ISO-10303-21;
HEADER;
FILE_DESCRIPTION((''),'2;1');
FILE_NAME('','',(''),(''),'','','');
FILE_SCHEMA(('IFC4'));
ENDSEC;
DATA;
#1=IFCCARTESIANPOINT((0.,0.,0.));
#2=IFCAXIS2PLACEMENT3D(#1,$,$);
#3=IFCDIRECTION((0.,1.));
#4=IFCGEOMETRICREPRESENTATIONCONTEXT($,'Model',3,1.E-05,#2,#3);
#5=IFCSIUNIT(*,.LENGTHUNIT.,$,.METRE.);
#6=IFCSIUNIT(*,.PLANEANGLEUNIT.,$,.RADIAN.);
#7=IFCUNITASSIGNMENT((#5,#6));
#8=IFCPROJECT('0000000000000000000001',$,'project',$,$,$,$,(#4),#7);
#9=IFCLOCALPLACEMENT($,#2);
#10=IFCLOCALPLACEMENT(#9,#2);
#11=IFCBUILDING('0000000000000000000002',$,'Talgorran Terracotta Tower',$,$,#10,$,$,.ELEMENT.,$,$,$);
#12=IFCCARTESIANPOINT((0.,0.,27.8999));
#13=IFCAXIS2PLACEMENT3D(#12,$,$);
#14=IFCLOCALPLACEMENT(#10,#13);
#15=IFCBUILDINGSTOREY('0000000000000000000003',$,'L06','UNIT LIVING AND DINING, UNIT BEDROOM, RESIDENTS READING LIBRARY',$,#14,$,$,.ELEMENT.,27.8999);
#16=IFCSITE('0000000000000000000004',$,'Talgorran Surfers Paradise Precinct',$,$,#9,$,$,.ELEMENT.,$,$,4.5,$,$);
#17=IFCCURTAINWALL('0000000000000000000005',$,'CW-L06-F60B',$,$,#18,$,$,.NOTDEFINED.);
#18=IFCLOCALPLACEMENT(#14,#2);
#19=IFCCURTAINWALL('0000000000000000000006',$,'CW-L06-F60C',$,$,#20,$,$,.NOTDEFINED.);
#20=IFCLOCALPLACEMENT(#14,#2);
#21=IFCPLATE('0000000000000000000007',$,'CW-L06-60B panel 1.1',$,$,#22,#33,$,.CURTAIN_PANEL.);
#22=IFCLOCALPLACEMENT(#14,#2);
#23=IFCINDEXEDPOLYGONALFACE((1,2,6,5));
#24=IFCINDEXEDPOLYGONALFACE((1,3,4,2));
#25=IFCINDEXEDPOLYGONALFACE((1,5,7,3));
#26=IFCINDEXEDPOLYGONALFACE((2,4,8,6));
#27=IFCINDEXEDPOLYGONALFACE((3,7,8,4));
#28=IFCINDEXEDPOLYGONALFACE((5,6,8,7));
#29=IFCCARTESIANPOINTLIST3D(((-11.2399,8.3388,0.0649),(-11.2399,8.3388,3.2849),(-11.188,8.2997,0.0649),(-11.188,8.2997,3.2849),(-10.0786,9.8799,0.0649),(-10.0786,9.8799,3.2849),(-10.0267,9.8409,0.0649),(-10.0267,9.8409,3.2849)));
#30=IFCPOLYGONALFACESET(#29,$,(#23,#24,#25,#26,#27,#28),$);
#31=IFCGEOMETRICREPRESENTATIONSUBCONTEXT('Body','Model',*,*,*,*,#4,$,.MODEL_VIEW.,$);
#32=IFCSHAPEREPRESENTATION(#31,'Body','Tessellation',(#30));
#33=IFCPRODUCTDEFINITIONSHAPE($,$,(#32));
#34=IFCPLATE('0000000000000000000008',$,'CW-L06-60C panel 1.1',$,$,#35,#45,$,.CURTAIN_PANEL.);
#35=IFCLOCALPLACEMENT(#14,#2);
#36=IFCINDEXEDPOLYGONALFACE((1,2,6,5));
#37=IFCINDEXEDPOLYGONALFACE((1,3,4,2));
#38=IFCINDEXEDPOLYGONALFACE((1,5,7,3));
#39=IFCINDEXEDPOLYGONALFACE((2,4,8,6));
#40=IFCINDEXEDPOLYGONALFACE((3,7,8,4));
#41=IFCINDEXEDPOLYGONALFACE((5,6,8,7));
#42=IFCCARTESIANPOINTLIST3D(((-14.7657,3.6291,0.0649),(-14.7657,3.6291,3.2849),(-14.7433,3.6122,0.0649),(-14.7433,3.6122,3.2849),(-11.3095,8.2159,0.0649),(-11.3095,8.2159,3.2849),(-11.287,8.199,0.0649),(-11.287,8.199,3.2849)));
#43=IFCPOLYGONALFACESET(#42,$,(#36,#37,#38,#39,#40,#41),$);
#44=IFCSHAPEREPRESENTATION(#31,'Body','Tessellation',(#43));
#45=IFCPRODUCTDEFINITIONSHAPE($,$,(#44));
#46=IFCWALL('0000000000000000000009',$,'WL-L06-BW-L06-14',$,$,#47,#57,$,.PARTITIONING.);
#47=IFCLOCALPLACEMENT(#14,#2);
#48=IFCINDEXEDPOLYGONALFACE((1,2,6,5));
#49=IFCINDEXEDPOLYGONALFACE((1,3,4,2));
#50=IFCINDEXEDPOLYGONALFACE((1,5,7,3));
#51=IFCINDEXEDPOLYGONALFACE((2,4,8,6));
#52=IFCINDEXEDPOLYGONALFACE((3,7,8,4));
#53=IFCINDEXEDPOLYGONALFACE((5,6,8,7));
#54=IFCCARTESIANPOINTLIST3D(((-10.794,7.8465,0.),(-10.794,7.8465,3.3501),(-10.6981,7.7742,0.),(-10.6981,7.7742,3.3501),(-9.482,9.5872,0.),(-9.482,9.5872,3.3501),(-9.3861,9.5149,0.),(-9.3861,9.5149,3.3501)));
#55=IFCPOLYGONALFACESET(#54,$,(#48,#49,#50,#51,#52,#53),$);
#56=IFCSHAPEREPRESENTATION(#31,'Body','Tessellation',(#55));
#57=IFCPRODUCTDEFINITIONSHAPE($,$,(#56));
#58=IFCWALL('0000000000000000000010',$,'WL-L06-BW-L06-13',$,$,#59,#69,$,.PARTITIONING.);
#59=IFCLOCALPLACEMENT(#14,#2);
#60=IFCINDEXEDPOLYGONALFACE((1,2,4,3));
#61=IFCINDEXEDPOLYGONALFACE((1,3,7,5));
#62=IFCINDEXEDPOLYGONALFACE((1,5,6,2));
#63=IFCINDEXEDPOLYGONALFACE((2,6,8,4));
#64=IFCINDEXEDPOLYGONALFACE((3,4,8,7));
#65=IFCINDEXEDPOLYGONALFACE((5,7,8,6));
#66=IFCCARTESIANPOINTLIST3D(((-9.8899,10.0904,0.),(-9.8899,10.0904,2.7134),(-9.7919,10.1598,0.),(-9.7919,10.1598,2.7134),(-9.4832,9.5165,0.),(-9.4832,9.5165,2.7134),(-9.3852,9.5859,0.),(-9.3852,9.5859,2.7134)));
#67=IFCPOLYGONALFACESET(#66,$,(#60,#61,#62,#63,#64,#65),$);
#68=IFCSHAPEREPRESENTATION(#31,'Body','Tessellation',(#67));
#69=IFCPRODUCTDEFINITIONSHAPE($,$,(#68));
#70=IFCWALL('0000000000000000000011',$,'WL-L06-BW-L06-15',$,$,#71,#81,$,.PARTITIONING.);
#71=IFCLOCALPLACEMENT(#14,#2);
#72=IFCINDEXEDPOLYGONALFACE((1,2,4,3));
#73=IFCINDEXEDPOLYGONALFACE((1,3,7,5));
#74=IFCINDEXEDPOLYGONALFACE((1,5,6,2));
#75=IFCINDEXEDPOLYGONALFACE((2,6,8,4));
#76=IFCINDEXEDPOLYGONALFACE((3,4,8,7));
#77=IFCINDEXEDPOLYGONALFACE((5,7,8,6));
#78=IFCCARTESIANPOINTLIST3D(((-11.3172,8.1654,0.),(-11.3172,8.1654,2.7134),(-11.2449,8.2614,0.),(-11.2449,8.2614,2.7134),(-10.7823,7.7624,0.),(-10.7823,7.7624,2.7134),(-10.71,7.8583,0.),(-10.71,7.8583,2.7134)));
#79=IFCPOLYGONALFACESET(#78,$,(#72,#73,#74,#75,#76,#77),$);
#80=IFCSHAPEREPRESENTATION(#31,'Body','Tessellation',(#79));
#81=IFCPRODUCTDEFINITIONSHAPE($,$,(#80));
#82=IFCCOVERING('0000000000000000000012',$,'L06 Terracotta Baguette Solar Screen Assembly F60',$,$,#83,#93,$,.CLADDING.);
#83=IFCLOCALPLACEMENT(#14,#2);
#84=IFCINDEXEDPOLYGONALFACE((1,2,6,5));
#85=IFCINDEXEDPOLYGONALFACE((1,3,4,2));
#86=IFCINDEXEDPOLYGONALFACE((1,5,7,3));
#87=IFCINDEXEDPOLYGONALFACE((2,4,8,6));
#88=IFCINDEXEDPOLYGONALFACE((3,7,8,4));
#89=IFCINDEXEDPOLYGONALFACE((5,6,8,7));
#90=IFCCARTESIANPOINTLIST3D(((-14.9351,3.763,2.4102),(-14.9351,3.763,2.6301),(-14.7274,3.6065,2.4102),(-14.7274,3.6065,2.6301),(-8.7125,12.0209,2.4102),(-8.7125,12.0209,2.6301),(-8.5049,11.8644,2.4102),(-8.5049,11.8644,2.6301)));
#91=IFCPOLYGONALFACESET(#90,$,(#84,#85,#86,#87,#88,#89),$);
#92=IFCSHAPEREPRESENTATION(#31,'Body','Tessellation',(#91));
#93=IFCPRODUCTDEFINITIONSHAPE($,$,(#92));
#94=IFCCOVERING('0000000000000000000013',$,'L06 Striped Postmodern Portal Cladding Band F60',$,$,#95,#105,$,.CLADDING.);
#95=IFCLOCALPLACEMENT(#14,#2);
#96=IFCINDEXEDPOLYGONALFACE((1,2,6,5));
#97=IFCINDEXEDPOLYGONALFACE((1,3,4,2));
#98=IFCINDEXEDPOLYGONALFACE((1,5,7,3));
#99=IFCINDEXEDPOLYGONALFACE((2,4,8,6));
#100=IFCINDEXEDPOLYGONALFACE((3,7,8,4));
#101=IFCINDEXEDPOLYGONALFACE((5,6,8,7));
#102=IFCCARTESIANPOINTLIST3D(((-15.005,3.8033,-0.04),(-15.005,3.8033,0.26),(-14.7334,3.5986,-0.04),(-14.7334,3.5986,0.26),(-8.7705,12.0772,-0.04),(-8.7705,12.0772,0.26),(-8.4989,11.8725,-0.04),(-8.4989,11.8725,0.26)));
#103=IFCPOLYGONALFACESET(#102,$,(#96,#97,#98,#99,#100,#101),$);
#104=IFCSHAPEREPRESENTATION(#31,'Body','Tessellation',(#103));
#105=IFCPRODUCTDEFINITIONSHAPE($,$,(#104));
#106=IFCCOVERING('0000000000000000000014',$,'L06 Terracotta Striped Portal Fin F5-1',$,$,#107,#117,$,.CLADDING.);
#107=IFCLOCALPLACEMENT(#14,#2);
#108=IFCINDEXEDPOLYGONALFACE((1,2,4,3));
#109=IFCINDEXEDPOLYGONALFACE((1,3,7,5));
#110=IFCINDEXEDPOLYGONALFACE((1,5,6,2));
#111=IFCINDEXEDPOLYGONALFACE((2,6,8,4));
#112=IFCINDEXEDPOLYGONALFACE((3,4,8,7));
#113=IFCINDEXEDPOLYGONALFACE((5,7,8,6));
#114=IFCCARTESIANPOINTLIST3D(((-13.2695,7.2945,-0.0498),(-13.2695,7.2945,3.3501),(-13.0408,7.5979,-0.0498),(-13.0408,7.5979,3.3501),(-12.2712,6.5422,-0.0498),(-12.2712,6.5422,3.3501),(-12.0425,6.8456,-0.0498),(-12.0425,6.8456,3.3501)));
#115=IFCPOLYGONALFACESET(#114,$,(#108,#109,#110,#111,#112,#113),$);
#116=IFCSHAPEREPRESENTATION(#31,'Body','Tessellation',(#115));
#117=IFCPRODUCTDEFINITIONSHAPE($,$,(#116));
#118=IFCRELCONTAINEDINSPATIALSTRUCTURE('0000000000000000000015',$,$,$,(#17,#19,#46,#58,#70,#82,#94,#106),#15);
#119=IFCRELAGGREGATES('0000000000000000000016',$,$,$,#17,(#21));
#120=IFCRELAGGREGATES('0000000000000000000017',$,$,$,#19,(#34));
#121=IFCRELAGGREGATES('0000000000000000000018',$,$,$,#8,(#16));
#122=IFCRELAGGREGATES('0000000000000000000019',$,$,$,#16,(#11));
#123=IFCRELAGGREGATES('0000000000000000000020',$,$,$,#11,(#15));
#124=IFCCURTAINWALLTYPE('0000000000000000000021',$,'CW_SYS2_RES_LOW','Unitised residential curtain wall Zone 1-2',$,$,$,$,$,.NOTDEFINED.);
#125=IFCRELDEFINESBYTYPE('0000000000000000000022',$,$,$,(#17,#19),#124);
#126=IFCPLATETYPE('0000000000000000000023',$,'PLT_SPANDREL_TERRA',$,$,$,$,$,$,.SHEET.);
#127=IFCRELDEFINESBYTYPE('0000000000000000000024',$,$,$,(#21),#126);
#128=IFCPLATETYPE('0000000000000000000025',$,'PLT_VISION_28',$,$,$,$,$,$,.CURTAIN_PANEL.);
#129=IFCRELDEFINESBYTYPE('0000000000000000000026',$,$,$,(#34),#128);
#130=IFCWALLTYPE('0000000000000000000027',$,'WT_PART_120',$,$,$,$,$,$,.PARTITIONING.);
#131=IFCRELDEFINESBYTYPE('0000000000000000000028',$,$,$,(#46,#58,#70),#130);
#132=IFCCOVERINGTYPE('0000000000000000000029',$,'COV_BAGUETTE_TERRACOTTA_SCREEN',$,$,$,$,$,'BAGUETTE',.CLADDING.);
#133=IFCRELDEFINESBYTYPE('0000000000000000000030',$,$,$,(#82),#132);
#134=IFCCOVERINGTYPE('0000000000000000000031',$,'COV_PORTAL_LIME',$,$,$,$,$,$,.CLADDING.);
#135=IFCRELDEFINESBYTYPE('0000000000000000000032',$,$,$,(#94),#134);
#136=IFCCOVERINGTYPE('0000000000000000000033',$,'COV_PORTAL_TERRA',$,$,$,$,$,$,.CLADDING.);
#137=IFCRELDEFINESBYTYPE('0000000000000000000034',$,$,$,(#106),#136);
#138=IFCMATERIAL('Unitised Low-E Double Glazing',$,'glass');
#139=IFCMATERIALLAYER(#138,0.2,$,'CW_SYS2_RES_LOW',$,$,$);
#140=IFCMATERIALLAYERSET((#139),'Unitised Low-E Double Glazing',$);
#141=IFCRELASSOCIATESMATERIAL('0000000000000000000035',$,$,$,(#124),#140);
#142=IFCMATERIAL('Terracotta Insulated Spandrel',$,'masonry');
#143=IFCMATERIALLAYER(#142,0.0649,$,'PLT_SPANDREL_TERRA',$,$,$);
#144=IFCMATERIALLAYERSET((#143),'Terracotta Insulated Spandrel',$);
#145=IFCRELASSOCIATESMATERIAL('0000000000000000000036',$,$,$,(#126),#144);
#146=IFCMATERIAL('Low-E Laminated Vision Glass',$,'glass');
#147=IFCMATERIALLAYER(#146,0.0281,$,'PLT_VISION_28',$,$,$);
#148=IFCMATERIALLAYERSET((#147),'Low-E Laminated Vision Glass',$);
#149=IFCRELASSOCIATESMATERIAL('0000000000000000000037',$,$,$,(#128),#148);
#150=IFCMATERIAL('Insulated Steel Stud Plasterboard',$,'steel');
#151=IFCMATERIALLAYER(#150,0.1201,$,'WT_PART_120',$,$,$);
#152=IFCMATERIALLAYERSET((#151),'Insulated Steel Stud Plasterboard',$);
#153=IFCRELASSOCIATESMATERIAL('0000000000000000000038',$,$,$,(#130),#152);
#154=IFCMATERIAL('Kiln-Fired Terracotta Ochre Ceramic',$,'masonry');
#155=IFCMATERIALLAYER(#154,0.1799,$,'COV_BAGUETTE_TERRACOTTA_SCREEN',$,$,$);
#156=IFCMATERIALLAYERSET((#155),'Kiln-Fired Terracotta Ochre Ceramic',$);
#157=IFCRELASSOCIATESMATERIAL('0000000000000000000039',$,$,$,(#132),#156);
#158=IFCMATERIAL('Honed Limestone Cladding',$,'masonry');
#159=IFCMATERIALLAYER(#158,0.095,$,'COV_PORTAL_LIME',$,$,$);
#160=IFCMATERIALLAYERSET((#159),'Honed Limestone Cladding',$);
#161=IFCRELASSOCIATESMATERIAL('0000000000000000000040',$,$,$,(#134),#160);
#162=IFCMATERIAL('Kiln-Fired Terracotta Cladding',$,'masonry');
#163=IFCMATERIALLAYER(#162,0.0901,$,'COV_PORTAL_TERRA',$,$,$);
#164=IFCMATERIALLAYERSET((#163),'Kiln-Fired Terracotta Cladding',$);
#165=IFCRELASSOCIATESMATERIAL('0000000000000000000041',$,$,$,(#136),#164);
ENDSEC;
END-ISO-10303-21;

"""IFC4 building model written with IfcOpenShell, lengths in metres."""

from ifc_helpers import new_model, si_unit, direction, frame, frame_2d, origin, origin_2d, place, context, subcontext, project, spatial, rectangle, extrude, source, transform, mapped, material, layer, layer_set, type_object, type_shapes, element, aggregate, save


model = new_model("IFC4")

# Units and contexts
model_context = context("Model", 3, precision=1e-05, world=origin(), true_north=direction((0.0, 1.0)))
body_context = subcontext(model_context, "Body", "Model", "MODEL_VIEW")
ifc_project = project(units=[si_unit("LENGTHUNIT", "METRE"), si_unit("PLANEANGLEUNIT", "RADIAN")], contexts=[model_context])

# Site, building, storey
site_placement = place(None, origin())
site = spatial("IfcSite", under=ifc_project, at=site_placement, Name="Talgorran Surfers Paradise Precinct", CompositionType="ELEMENT", RefElevation=4.5)
building_placement = place(site_placement, origin())
building = spatial("IfcBuilding", under=site, at=building_placement, Name="Talgorran Terracotta Tower", CompositionType="ELEMENT")
storey_placement = place(building_placement, frame((0.0, 0.0, 27.8999)))
storey = spatial("IfcBuildingStorey", under=building, at=storey_placement, Name="L06", Description="UNIT LIVING AND DINING, UNIT BEDROOM, RESIDENTS READING LIBRARY", CompositionType="ELEMENT", Elevation=27.8999)

# Shared definitions
ifc_material_1 = material(Name="Unitised Low-E Double Glazing", Category="glass")
ifc_layer_1 = layer(ifc_material_1, 0.2, Name="CW_SYS2_RES_LOW")
ifc_layer_set_1 = layer_set([ifc_layer_1], Name="Unitised Low-E Double Glazing")
curtain_wall_type = type_object("IfcCurtainWallType", Name="CW_SYS2_RES_LOW", Description="Unitised residential curtain wall Zone 1-2", PredefinedType="NOTDEFINED", material=ifc_layer_set_1)

# Curtain wall
curtain_wall_1_placement = place(storey_placement, origin())
curtain_wall_1 = element("IfcCurtainWall", 1, at=curtain_wall_1_placement, inside=storey, type_object=curtain_wall_type, Name="CW-L06-F60B", PredefinedType="NOTDEFINED")

# Curtain wall
curtain_wall_2_placement = place(storey_placement, origin())
curtain_wall_2 = element("IfcCurtainWall", 2, at=curtain_wall_2_placement, inside=storey, type_object=curtain_wall_type, Name="CW-L06-F60C", PredefinedType="NOTDEFINED")

# Plates
ifc_material_2 = material(Name="Terracotta Insulated Spandrel", Category="masonry")
ifc_layer_2 = layer(ifc_material_2, 0.0649, Name="PLT_SPANDREL_TERRA")
ifc_layer_set_2 = layer_set([ifc_layer_2], Name="Terracotta Insulated Spandrel")
plate_type_1 = type_object("IfcPlateType", Name="PLT_SPANDREL_TERRA", PredefinedType="SHEET", material=ifc_layer_set_2)
shared_shape_1 = source(origin(), body_context, "Body", "SweptSolid", [
    extrude(rectangle(XDim=1.9297, YDim=0.0649, at=origin_2d()), origin(), (0.0, 0.0, 1.0), 3.22),
])
type_shapes(plate_type_1, [shared_shape_1])
plate_1_placement = place(storey_placement, frame((-10.6333, 9.0898, 0.0649), z_axis=(0.0, 0.0, 1.0), x_axis=(-0.601816, -0.798635, 0.0)))
plate_1 = element("IfcPlate", 3, at=plate_1_placement, type_object=plate_type_1, Name="CW-L06-60B panel 1.1", PredefinedType="CURTAIN_PANEL", context=body_context, shape_type="MappedRepresentation", body=[
    mapped(shared_shape_1, transform((0.0, 0.0, 0.0), scale=1.0)),
])
aggregate(curtain_wall_1, [plate_1])
ifc_material_3 = material(Name="Low-E Laminated Vision Glass", Category="glass")
ifc_layer_3 = layer(ifc_material_3, 0.0281, Name="PLT_VISION_28")
ifc_layer_set_3 = layer_set([ifc_layer_3], Name="Low-E Laminated Vision Glass")
plate_type_2 = type_object("IfcPlateType", Name="PLT_VISION_28", PredefinedType="CURTAIN_PANEL", material=ifc_layer_set_3)
shared_shape_2 = source(origin(), body_context, "Body", "SweptSolid", [
    extrude(rectangle(XDim=5.7432, YDim=0.0281, at=origin_2d()), origin(), (0.0, 0.0, 1.0), 3.22),
])
type_shapes(plate_type_2, [shared_shape_2])
plate_2_placement = place(storey_placement, frame((-13.0264, 5.9141, 0.0649), z_axis=(0.0, 0.0, 1.0), x_axis=(-0.601802, -0.798645, 0.0)))
plate_2 = element("IfcPlate", 4, at=plate_2_placement, type_object=plate_type_2, Name="CW-L06-60C panel 1.1", PredefinedType="CURTAIN_PANEL", context=body_context, shape_type="MappedRepresentation", body=[
    mapped(shared_shape_2, transform((0.0, 0.0, 0.0), scale=1.0)),
])
aggregate(curtain_wall_2, [plate_2])

# Walls
ifc_material_4 = material(Name="Insulated Steel Stud Plasterboard", Category="steel")
ifc_layer_4 = layer(ifc_material_4, 0.1201, Name="WT_PART_120")
ifc_layer_set_4 = layer_set([ifc_layer_4], Name="Insulated Steel Stud Plasterboard")
wall_type = type_object("IfcWallType", Name="WT_PART_120", PredefinedType="PARTITIONING", material=ifc_layer_set_4)
wall_1_placement = place(storey_placement, frame((-9.4341, 9.551, 0.0), z_axis=(0.0, 0.0, 1.0), x_axis=(-0.601898, -0.798573, 0.0)))
element("IfcWall", 5, at=wall_1_placement, inside=storey, type_object=wall_type, Name="WL-L06-BW-L06-14", PredefinedType="PARTITIONING", context=body_context, shape_type="SweptSolid", body=[
    extrude(rectangle(XDim=2.1797, YDim=0.1201, at=frame_2d((1.0898, 0.0))), origin(), (0.0, 0.0, 1.0), 3.3501),
])
wall_2_placement = place(storey_placement, frame((-9.8408, 10.125, 0.0), z_axis=(0.0, 0.0, 1.0), x_axis=(0.578181, -0.815909, 0.0)))
element("IfcWall", 6, at=wall_2_placement, inside=storey, type_object=wall_type, Name="WL-L06-BW-L06-13", PredefinedType="PARTITIONING", context=body_context, shape_type="SweptSolid", body=[
    extrude(rectangle(XDim=0.7034, YDim=0.1201, at=frame_2d((0.3516, 0.0))), origin(), (0.0, 0.0, 1.0), 2.7134),
])
wall_3_placement = place(storey_placement, frame((-10.7461, 7.8103, 0.0), z_axis=(0.0, 0.0, 1.0), x_axis=(-0.798642, 0.601806, 0.0)))
element("IfcWall", 7, at=wall_3_placement, inside=storey, type_object=wall_type, Name="WL-L06-BW-L06-15", PredefinedType="PARTITIONING", context=body_context, shape_type="SweptSolid", body=[
    extrude(rectangle(XDim=0.6697, YDim=0.1201, at=frame_2d((0.335, 0.0))), origin(), (0.0, 0.0, 1.0), 2.7134),
])

# Coverings
ifc_material_5 = material(Name="Kiln-Fired Terracotta Ochre Ceramic", Category="masonry")
ifc_layer_5 = layer(ifc_material_5, 0.1799, Name="COV_BAGUETTE_TERRACOTTA_SCREEN")
ifc_layer_set_5 = layer_set([ifc_layer_5], Name="Kiln-Fired Terracotta Ochre Ceramic")
covering_type_1 = type_object("IfcCoveringType", Name="COV_BAGUETTE_TERRACOTTA_SCREEN", ElementType="BAGUETTE", PredefinedType="CLADDING", material=ifc_layer_set_5)
covering_1_placement = place(storey_placement, frame((-11.72, 7.8137, 2.4102), z_axis=(0.0, 0.0, 1.0), x_axis=(-0.601801, -0.798646, 0.0)))
element("IfcCovering", 8, at=covering_1_placement, inside=storey, type_object=covering_type_1, Name="L06 Terracotta Baguette Solar Screen Assembly F60", PredefinedType="CLADDING", context=body_context, shape_type="SweptSolid", body=[
    extrude(rectangle(XDim=10.3398, YDim=0.26, at=origin_2d()), origin(), (0.0, 0.0, 1.0), 0.22),
])
ifc_material_6 = material(Name="Honed Limestone Cladding", Category="masonry")
ifc_layer_6 = layer(ifc_material_6, 0.095, Name="COV_PORTAL_LIME")
ifc_layer_set_6 = layer_set([ifc_layer_6], Name="Honed Limestone Cladding")
covering_type_2 = type_object("IfcCoveringType", Name="COV_PORTAL_LIME", PredefinedType="CLADDING", material=ifc_layer_set_6)
covering_2_placement = place(storey_placement, frame((-11.752, 7.8379, -0.04), z_axis=(0.0, 0.0, 1.0), x_axis=(-0.601801, -0.798646, 0.0)))
element("IfcCovering", 9, at=covering_2_placement, inside=storey, type_object=covering_type_2, Name="L06 Striped Postmodern Portal Cladding Band F60", PredefinedType="CLADDING", context=body_context, shape_type="SweptSolid", body=[
    extrude(rectangle(XDim=10.3599, YDim=0.3401, at=origin_2d()), origin(), (0.0, 0.0, 1.0), 0.3),
])
ifc_material_7 = material(Name="Kiln-Fired Terracotta Cladding", Category="masonry")
ifc_layer_7 = layer(ifc_material_7, 0.0901, Name="COV_PORTAL_TERRA")
ifc_layer_set_7 = layer_set([ifc_layer_7], Name="Kiln-Fired Terracotta Cladding")
covering_type_3 = type_object("IfcCoveringType", Name="COV_PORTAL_TERRA", PredefinedType="CLADDING", material=ifc_layer_set_7)
covering_3_placement = place(storey_placement, frame((-12.656, 7.0701, -0.0498), z_axis=(0.0, 0.0, 1.0), x_axis=(-0.601815, -0.798636, 0.0)))
element("IfcCovering", 10, at=covering_3_placement, inside=storey, type_object=covering_type_3, Name="L06 Terracotta Striped Portal Fin F5-1", PredefinedType="CLADDING", context=body_context, shape_type="SweptSolid", body=[
    extrude(rectangle(XDim=0.3799, YDim=1.25, at=origin_2d()), origin(), (0.0, 0.0, 1.0), 3.3999),
])

save(model, "model.ifc")
